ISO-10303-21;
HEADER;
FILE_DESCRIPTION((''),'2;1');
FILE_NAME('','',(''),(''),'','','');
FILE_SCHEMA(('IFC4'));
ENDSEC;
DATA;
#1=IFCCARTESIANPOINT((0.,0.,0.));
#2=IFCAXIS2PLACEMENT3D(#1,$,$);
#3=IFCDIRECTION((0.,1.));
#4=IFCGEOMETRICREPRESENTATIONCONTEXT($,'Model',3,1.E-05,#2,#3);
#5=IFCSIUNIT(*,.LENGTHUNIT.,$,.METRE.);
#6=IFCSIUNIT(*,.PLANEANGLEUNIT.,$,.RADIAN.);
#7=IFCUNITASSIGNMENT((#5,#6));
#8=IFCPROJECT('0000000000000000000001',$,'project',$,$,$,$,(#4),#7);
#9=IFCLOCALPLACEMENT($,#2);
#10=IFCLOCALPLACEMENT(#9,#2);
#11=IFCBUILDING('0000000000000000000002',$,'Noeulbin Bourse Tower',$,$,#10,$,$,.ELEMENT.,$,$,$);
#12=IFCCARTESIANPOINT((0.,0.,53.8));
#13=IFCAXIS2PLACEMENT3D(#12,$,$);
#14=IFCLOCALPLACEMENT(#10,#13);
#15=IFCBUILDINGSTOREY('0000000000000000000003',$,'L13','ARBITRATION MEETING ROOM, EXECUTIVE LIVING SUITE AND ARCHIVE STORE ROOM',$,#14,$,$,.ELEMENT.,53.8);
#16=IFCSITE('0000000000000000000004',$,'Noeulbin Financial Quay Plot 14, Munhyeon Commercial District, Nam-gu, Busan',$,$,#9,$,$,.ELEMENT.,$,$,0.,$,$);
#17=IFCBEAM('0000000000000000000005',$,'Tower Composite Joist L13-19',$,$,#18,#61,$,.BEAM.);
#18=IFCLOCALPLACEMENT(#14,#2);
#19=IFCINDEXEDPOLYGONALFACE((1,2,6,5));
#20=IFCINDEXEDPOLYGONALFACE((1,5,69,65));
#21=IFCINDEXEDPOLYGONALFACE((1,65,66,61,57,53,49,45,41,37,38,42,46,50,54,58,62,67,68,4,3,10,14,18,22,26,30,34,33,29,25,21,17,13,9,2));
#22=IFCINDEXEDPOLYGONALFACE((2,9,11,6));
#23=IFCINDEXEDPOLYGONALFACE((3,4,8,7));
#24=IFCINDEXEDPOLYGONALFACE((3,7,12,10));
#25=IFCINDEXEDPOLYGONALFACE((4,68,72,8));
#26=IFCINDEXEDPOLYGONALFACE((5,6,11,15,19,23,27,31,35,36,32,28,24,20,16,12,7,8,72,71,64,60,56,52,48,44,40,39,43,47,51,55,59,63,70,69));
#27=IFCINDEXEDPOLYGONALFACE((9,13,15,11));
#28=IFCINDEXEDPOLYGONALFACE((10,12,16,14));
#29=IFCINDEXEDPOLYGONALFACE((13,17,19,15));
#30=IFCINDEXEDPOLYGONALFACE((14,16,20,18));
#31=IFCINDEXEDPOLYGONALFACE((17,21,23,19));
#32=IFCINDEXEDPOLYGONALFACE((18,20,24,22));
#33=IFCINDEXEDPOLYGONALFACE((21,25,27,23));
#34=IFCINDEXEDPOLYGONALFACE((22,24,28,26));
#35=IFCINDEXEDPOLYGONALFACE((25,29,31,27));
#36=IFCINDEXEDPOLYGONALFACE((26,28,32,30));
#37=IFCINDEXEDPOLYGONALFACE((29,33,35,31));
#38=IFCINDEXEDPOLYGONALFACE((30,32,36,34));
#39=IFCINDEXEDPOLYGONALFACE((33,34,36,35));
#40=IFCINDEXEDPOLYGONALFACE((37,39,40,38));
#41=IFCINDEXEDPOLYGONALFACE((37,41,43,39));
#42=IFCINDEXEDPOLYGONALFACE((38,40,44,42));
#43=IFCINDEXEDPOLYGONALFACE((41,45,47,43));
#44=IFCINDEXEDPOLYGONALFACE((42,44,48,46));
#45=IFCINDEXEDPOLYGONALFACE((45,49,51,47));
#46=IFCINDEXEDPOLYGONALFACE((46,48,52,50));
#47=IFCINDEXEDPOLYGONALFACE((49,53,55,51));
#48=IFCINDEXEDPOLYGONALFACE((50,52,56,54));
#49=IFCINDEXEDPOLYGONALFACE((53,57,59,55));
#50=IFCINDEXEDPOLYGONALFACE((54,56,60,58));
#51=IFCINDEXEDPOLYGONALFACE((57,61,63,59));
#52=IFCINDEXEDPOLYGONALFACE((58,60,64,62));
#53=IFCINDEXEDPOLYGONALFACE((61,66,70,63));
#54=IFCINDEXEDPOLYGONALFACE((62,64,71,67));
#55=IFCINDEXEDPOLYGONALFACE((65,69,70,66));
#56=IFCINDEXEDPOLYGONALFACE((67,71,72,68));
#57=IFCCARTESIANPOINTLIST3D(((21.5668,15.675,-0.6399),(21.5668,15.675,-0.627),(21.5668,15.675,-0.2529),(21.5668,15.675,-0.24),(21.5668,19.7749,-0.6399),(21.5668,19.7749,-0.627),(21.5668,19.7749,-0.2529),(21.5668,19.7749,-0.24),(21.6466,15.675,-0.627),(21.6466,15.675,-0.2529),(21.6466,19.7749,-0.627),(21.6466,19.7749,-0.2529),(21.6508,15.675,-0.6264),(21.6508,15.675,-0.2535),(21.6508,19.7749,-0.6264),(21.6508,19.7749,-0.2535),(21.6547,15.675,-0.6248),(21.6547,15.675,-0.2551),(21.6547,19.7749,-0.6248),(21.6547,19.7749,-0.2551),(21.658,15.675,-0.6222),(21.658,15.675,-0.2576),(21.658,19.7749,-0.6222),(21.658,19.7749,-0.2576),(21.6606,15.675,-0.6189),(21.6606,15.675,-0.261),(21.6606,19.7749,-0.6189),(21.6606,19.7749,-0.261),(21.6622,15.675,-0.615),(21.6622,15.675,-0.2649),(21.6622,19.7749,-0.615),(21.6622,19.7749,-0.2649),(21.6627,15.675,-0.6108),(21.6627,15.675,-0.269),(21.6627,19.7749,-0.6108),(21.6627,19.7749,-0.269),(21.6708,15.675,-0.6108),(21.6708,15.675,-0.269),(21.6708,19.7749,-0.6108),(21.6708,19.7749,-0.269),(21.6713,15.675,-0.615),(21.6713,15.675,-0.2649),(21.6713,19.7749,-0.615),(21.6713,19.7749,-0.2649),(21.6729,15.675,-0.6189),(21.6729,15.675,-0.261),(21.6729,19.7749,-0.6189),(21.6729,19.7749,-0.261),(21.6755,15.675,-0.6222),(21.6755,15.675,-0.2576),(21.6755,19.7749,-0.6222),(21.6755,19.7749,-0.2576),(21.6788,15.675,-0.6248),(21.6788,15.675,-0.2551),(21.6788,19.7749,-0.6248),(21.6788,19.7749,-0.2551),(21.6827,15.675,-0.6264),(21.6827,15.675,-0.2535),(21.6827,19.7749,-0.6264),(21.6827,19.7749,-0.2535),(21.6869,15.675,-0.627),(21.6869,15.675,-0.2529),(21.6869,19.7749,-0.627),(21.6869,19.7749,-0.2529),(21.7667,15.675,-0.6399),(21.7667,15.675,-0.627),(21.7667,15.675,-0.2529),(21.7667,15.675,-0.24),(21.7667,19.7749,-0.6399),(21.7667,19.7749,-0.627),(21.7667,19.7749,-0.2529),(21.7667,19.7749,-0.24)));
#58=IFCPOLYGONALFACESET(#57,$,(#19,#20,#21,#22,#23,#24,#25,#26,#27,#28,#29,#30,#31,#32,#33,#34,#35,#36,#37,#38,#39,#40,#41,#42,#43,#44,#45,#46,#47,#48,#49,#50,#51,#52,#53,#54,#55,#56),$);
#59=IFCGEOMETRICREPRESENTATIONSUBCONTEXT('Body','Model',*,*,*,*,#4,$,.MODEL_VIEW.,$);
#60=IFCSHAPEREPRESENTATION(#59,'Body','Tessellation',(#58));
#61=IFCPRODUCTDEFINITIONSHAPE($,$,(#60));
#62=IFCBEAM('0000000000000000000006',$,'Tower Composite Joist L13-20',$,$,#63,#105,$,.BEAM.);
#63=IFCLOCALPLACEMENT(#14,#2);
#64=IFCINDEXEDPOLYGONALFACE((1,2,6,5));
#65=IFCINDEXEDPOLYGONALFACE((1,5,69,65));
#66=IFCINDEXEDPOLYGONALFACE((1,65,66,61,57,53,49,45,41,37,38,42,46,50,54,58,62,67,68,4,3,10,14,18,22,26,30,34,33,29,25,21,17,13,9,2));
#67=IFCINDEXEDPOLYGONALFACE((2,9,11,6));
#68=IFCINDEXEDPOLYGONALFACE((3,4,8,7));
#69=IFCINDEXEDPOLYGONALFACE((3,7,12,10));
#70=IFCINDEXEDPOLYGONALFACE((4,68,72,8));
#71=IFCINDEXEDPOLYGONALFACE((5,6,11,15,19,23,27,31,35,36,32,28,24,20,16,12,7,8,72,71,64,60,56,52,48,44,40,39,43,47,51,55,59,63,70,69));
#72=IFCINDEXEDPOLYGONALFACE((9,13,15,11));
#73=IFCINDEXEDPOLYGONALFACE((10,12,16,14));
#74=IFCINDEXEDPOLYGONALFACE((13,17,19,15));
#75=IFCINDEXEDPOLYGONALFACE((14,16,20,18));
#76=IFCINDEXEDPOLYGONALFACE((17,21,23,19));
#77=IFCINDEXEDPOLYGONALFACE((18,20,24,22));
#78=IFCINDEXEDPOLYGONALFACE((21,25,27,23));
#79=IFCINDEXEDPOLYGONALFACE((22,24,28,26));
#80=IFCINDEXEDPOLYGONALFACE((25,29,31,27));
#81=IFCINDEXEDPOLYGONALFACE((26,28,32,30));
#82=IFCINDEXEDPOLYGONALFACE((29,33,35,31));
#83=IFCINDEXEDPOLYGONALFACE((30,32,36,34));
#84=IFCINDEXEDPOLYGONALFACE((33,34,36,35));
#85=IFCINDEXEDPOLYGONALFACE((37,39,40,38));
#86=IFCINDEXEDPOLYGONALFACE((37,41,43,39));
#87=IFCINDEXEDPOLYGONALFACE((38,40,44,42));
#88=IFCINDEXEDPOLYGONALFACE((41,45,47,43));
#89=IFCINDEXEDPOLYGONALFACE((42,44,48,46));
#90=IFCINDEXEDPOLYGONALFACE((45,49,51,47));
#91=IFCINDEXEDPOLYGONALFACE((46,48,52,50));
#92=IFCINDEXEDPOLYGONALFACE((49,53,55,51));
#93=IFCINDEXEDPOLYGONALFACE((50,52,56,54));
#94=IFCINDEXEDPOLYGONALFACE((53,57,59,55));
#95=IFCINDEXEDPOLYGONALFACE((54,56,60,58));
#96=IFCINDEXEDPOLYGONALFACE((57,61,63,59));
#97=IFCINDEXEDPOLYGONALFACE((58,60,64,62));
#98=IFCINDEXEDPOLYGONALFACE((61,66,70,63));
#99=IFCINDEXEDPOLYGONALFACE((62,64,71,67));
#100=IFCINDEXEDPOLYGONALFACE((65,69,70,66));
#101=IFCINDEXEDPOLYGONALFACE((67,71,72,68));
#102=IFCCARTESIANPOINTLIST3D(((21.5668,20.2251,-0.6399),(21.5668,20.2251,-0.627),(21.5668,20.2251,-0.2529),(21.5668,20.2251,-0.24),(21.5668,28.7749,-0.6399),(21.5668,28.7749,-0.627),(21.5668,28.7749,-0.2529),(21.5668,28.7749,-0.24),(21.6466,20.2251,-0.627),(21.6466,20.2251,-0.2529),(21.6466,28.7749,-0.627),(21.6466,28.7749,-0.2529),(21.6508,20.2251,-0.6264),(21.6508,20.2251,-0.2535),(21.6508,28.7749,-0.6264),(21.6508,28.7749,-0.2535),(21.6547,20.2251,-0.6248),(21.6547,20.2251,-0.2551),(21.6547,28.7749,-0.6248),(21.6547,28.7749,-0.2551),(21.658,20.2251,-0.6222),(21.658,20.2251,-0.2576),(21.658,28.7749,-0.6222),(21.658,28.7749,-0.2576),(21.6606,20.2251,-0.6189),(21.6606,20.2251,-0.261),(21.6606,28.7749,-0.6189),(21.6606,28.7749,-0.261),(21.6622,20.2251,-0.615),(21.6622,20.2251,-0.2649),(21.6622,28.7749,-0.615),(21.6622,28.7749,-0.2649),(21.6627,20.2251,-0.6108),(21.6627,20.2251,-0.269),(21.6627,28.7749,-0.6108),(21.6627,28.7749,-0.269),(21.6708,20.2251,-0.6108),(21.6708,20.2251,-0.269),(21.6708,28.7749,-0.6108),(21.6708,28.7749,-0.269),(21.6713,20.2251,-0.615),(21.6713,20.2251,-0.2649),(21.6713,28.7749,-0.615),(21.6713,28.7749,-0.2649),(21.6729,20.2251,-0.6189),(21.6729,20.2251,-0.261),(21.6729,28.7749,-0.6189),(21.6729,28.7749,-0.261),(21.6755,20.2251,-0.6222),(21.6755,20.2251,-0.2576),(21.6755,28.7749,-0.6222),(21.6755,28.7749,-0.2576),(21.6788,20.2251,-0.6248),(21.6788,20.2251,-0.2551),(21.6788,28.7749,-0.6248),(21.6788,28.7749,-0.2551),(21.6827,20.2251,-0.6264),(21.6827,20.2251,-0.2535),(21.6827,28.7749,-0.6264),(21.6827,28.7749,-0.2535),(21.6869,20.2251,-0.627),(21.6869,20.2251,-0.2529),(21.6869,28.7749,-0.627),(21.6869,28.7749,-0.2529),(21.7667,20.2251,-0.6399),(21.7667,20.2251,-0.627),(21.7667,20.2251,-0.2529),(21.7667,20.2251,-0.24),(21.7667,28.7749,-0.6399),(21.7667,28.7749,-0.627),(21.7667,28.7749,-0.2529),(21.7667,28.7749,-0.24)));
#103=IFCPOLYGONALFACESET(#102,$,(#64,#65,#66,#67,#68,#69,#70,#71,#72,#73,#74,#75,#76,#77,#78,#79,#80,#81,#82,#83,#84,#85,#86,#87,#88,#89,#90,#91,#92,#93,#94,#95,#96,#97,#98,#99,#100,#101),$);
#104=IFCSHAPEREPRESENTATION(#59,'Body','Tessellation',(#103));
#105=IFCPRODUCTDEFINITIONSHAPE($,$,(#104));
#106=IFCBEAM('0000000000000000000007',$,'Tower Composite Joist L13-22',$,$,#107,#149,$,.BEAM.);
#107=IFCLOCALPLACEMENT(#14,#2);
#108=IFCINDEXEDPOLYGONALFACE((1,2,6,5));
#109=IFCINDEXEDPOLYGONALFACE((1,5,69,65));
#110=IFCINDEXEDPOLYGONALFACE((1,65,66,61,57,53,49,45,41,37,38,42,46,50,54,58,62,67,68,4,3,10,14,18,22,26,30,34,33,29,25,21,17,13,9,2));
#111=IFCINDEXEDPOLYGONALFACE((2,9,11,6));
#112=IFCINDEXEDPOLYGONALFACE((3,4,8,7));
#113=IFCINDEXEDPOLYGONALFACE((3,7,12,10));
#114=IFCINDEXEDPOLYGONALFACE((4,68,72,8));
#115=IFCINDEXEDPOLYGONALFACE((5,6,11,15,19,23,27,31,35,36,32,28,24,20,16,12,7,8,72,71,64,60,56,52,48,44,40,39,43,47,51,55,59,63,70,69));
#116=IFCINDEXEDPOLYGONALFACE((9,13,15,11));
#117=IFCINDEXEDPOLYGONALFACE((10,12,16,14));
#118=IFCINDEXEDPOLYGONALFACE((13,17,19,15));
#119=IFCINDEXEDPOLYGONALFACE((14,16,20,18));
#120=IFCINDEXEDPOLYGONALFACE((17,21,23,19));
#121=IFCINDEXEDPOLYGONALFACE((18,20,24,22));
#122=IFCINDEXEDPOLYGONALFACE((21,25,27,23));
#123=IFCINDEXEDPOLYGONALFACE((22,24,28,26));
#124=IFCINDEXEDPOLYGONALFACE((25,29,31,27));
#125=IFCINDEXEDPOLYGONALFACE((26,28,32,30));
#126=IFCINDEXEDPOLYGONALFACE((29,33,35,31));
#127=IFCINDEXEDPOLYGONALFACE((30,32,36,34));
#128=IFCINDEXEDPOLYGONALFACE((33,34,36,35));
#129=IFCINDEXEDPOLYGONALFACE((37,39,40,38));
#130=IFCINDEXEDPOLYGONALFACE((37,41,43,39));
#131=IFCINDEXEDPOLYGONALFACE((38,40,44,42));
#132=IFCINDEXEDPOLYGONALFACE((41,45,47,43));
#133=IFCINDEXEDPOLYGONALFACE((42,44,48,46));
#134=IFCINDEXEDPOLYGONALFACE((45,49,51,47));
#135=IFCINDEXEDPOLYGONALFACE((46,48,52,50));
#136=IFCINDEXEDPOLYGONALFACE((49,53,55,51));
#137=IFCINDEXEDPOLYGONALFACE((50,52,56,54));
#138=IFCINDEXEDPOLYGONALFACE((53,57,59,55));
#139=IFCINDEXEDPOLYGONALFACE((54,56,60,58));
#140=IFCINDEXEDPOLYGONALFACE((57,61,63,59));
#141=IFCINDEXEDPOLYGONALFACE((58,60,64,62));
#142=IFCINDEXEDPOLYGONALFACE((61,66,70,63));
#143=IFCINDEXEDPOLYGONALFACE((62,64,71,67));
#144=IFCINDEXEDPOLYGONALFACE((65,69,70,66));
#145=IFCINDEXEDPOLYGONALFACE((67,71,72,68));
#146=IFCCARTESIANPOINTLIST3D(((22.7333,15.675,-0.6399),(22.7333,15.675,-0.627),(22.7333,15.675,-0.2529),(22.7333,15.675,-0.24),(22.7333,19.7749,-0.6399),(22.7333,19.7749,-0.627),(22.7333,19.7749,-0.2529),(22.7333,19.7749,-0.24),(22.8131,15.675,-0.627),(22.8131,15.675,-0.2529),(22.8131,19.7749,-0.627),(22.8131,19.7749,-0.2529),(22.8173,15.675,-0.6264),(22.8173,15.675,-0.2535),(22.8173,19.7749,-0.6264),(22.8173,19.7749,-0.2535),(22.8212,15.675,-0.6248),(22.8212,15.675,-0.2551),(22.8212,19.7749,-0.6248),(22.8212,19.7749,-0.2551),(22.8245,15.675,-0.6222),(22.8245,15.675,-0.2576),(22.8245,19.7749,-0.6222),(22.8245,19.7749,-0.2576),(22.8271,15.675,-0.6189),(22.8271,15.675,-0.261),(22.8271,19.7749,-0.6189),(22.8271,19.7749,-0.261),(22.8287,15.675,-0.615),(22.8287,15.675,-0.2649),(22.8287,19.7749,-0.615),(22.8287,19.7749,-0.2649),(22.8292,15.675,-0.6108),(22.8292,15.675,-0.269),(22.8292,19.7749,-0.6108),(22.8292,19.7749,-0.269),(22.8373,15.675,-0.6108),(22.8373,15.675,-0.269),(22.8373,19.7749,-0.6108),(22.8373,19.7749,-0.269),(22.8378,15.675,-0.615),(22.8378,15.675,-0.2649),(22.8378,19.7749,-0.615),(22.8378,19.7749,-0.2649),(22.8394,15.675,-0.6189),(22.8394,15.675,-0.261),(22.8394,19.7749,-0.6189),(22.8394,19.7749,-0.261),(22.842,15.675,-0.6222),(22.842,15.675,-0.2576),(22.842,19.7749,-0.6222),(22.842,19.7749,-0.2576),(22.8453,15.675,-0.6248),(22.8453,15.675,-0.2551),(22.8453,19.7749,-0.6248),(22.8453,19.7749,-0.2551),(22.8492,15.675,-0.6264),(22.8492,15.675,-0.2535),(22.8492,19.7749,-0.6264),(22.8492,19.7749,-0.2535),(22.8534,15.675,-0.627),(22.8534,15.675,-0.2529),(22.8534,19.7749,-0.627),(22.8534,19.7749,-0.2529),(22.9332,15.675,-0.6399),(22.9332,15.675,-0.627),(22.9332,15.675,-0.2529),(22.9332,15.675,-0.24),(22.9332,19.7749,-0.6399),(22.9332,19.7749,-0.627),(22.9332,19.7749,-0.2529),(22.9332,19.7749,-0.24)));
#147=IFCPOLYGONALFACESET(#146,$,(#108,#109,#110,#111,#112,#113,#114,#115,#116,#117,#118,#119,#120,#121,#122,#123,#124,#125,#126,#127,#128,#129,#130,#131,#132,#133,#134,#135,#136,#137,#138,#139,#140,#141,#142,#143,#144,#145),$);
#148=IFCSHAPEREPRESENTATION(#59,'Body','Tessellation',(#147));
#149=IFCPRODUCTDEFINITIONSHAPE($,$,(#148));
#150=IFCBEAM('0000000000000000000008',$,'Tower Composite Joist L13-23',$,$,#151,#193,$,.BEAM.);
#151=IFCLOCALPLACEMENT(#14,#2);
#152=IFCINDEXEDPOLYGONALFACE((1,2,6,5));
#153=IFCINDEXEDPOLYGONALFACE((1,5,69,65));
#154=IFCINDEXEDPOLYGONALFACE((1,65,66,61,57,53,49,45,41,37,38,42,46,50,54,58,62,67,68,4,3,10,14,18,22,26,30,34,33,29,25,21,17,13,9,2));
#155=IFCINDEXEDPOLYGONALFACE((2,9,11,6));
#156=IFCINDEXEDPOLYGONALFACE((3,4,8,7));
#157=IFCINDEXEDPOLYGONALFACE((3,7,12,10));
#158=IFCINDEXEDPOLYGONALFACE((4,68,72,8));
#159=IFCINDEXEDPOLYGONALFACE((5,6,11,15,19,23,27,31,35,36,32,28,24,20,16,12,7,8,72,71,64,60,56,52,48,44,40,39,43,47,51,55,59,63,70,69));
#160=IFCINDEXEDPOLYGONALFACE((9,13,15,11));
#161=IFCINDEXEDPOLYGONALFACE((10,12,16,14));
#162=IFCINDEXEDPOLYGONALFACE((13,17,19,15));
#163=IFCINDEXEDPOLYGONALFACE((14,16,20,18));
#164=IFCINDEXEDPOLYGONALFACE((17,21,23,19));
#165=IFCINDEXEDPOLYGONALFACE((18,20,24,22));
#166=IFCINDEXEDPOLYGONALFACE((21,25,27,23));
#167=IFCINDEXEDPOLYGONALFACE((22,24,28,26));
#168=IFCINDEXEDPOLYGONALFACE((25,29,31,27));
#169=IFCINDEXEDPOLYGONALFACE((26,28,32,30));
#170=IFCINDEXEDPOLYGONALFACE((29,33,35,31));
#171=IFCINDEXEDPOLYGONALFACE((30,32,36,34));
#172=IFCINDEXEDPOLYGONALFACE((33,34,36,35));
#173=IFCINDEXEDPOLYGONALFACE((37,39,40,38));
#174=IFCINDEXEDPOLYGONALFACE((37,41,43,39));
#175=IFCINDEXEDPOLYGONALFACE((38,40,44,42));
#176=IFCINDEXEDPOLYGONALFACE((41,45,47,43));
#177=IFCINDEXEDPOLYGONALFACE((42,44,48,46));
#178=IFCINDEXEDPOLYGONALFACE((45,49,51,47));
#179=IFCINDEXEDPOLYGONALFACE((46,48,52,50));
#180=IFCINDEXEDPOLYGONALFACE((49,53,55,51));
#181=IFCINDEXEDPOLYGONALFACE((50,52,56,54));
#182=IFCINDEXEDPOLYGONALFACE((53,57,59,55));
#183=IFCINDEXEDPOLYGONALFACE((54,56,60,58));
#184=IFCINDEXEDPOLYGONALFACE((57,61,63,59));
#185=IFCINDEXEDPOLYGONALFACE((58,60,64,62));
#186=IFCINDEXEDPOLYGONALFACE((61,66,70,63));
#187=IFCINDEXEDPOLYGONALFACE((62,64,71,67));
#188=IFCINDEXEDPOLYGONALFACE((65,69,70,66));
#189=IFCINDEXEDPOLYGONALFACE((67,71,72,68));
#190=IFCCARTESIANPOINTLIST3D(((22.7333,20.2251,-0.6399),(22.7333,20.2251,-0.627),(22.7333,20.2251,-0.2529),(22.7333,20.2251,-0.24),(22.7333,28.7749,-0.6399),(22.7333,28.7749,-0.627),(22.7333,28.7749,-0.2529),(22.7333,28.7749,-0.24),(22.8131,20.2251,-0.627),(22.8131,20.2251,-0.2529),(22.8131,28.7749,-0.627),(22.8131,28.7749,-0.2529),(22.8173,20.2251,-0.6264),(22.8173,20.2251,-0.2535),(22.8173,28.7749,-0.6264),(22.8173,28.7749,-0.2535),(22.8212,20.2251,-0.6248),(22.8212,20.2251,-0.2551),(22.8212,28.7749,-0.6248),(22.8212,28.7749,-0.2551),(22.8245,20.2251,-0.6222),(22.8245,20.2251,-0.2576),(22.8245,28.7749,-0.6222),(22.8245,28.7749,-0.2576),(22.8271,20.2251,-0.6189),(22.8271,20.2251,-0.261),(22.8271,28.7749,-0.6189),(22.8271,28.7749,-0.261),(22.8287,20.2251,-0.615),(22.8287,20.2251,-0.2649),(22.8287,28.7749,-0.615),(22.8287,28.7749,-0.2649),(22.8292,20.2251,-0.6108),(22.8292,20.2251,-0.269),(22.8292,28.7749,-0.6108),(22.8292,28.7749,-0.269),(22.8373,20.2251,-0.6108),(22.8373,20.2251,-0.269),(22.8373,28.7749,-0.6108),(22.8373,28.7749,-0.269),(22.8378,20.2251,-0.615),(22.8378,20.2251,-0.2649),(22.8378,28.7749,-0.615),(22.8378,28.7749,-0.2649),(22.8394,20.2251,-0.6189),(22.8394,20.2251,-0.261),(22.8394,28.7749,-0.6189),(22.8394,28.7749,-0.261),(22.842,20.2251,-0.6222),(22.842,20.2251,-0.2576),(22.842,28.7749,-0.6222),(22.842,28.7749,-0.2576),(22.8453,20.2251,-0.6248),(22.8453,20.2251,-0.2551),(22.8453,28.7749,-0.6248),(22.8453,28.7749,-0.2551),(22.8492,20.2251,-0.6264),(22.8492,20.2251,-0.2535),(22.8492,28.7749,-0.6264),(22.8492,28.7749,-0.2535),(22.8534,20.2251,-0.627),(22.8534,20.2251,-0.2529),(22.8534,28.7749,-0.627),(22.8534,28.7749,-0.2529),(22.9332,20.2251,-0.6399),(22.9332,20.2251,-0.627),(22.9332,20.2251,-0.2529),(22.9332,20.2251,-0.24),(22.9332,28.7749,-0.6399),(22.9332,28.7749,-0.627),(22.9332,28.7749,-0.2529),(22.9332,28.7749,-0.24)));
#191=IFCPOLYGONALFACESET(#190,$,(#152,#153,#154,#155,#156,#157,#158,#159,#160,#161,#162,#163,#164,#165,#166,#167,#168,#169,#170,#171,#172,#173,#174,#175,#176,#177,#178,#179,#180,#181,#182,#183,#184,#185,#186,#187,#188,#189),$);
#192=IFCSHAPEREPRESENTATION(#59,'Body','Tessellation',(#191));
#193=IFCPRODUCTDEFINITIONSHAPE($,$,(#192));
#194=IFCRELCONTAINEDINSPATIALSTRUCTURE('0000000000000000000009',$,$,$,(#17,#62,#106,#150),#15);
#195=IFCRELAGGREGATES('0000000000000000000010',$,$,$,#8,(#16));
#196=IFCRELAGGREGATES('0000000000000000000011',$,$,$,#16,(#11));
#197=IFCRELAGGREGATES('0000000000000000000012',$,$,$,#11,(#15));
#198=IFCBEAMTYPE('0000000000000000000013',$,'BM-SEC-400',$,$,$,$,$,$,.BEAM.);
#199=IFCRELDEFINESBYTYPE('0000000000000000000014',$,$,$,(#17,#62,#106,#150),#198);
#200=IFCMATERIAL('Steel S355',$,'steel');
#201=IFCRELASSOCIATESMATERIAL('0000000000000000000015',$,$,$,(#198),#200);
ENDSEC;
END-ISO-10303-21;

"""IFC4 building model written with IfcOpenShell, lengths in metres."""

from ifc_helpers import new_model, si_unit, direction, frame, origin, origin_2d, place, context, subcontext, project, spatial, i_section, extrude, material, material_profile, profile_set, type_object, element, save


model = new_model("IFC4")

# Units and contexts
model_context = context("Model", 3, precision=1e-05, world=origin(), true_north=direction((0.0, 1.0)))
body_context = subcontext(model_context, "Body", "Model", "MODEL_VIEW")
ifc_project = project(units=[si_unit("LENGTHUNIT", "METRE"), si_unit("PLANEANGLEUNIT", "RADIAN")], contexts=[model_context])

# Site, building, storey
site_placement = place(None, origin())
site = spatial("IfcSite", under=ifc_project, at=site_placement, Name="Noeulbin Financial Quay Plot 14, Munhyeon Commercial District, Nam-gu, Busan", CompositionType="ELEMENT", RefElevation=0.0)
building_placement = place(site_placement, origin())
building = spatial("IfcBuilding", under=site, at=building_placement, Name="Noeulbin Bourse Tower", CompositionType="ELEMENT")
storey_placement = place(building_placement, frame((0.0, 0.0, 53.8)))
storey = spatial("IfcBuildingStorey", under=building, at=storey_placement, Name="L13", Description="ARBITRATION MEETING ROOM, EXECUTIVE LIVING SUITE AND ARCHIVE STORE ROOM", CompositionType="ELEMENT", Elevation=53.8)

# Beams
ifc_material_1 = material(Name="Steel S355", Category="steel")
ifc_material_profile_1 = material_profile(ifc_material_1, i_section(OverallWidth=0.2, OverallDepth=0.3999, WebThickness=0.0081, FlangeThickness=0.0129, FilletRadius=0.0161, at=origin_2d()), Name="H-400x200x8x13", Category="LoadBearing")
ifc_profile_set_1 = profile_set([ifc_material_profile_1], Name="Steel S355")
beam_type_1 = type_object("IfcBeamType", Name="BM-SEC-400", PredefinedType="BEAM", material=ifc_profile_set_1)
beam_1_placement = place(storey_placement, frame((21.6667, 15.675, -0.4399), z_axis=(0.0, 1.0, 0.0), x_axis=(-1.0, 0.0, 0.0)))
element("IfcBeam", 1, at=beam_1_placement, inside=storey, type_object=beam_type_1, Name="Tower Composite Joist L13-19", PredefinedType="BEAM", context=body_context, shape_type="SweptSolid", body=[
    extrude(i_section(OverallWidth=0.2, OverallDepth=0.3999, WebThickness=0.0081, FlangeThickness=0.0129, FilletRadius=0.0161, at=origin_2d()), origin(), (0.0, 0.0, 1.0), 4.0999),
])
beam_2_placement = place(storey_placement, frame((21.6667, 20.2251, -0.4399), z_axis=(0.0, 1.0, 0.0), x_axis=(-1.0, 0.0, 0.0)))
element("IfcBeam", 2, at=beam_2_placement, inside=storey, type_object=beam_type_1, Name="Tower Composite Joist L13-20", PredefinedType="BEAM", context=body_context, shape_type="SweptSolid", body=[
    extrude(i_section(OverallWidth=0.2, OverallDepth=0.3999, WebThickness=0.0081, FlangeThickness=0.0129, FilletRadius=0.0161, at=origin_2d()), origin(), (0.0, 0.0, 1.0), 8.5498),
])
beam_3_placement = place(storey_placement, frame((22.8333, 15.675, -0.4399), z_axis=(0.0, 1.0, 0.0), x_axis=(-1.0, 0.0, 0.0)))
element("IfcBeam", 3, at=beam_3_placement, inside=storey, type_object=beam_type_1, Name="Tower Composite Joist L13-22", PredefinedType="BEAM", context=body_context, shape_type="SweptSolid", body=[
    extrude(i_section(OverallWidth=0.2, OverallDepth=0.3999, WebThickness=0.0081, FlangeThickness=0.0129, FilletRadius=0.0161, at=origin_2d()), origin(), (0.0, 0.0, 1.0), 4.0999),
])
beam_4_placement = place(storey_placement, frame((22.8333, 20.2251, -0.4399), z_axis=(0.0, 1.0, 0.0), x_axis=(-1.0, 0.0, 0.0)))
element("IfcBeam", 4, at=beam_4_placement, inside=storey, type_object=beam_type_1, Name="Tower Composite Joist L13-23", PredefinedType="BEAM", context=body_context, shape_type="SweptSolid", body=[
    extrude(i_section(OverallWidth=0.2, OverallDepth=0.3999, WebThickness=0.0081, FlangeThickness=0.0129, FilletRadius=0.0161, at=origin_2d()), origin(), (0.0, 0.0, 1.0), 8.5498),
])

save(model, "model.ifc")
